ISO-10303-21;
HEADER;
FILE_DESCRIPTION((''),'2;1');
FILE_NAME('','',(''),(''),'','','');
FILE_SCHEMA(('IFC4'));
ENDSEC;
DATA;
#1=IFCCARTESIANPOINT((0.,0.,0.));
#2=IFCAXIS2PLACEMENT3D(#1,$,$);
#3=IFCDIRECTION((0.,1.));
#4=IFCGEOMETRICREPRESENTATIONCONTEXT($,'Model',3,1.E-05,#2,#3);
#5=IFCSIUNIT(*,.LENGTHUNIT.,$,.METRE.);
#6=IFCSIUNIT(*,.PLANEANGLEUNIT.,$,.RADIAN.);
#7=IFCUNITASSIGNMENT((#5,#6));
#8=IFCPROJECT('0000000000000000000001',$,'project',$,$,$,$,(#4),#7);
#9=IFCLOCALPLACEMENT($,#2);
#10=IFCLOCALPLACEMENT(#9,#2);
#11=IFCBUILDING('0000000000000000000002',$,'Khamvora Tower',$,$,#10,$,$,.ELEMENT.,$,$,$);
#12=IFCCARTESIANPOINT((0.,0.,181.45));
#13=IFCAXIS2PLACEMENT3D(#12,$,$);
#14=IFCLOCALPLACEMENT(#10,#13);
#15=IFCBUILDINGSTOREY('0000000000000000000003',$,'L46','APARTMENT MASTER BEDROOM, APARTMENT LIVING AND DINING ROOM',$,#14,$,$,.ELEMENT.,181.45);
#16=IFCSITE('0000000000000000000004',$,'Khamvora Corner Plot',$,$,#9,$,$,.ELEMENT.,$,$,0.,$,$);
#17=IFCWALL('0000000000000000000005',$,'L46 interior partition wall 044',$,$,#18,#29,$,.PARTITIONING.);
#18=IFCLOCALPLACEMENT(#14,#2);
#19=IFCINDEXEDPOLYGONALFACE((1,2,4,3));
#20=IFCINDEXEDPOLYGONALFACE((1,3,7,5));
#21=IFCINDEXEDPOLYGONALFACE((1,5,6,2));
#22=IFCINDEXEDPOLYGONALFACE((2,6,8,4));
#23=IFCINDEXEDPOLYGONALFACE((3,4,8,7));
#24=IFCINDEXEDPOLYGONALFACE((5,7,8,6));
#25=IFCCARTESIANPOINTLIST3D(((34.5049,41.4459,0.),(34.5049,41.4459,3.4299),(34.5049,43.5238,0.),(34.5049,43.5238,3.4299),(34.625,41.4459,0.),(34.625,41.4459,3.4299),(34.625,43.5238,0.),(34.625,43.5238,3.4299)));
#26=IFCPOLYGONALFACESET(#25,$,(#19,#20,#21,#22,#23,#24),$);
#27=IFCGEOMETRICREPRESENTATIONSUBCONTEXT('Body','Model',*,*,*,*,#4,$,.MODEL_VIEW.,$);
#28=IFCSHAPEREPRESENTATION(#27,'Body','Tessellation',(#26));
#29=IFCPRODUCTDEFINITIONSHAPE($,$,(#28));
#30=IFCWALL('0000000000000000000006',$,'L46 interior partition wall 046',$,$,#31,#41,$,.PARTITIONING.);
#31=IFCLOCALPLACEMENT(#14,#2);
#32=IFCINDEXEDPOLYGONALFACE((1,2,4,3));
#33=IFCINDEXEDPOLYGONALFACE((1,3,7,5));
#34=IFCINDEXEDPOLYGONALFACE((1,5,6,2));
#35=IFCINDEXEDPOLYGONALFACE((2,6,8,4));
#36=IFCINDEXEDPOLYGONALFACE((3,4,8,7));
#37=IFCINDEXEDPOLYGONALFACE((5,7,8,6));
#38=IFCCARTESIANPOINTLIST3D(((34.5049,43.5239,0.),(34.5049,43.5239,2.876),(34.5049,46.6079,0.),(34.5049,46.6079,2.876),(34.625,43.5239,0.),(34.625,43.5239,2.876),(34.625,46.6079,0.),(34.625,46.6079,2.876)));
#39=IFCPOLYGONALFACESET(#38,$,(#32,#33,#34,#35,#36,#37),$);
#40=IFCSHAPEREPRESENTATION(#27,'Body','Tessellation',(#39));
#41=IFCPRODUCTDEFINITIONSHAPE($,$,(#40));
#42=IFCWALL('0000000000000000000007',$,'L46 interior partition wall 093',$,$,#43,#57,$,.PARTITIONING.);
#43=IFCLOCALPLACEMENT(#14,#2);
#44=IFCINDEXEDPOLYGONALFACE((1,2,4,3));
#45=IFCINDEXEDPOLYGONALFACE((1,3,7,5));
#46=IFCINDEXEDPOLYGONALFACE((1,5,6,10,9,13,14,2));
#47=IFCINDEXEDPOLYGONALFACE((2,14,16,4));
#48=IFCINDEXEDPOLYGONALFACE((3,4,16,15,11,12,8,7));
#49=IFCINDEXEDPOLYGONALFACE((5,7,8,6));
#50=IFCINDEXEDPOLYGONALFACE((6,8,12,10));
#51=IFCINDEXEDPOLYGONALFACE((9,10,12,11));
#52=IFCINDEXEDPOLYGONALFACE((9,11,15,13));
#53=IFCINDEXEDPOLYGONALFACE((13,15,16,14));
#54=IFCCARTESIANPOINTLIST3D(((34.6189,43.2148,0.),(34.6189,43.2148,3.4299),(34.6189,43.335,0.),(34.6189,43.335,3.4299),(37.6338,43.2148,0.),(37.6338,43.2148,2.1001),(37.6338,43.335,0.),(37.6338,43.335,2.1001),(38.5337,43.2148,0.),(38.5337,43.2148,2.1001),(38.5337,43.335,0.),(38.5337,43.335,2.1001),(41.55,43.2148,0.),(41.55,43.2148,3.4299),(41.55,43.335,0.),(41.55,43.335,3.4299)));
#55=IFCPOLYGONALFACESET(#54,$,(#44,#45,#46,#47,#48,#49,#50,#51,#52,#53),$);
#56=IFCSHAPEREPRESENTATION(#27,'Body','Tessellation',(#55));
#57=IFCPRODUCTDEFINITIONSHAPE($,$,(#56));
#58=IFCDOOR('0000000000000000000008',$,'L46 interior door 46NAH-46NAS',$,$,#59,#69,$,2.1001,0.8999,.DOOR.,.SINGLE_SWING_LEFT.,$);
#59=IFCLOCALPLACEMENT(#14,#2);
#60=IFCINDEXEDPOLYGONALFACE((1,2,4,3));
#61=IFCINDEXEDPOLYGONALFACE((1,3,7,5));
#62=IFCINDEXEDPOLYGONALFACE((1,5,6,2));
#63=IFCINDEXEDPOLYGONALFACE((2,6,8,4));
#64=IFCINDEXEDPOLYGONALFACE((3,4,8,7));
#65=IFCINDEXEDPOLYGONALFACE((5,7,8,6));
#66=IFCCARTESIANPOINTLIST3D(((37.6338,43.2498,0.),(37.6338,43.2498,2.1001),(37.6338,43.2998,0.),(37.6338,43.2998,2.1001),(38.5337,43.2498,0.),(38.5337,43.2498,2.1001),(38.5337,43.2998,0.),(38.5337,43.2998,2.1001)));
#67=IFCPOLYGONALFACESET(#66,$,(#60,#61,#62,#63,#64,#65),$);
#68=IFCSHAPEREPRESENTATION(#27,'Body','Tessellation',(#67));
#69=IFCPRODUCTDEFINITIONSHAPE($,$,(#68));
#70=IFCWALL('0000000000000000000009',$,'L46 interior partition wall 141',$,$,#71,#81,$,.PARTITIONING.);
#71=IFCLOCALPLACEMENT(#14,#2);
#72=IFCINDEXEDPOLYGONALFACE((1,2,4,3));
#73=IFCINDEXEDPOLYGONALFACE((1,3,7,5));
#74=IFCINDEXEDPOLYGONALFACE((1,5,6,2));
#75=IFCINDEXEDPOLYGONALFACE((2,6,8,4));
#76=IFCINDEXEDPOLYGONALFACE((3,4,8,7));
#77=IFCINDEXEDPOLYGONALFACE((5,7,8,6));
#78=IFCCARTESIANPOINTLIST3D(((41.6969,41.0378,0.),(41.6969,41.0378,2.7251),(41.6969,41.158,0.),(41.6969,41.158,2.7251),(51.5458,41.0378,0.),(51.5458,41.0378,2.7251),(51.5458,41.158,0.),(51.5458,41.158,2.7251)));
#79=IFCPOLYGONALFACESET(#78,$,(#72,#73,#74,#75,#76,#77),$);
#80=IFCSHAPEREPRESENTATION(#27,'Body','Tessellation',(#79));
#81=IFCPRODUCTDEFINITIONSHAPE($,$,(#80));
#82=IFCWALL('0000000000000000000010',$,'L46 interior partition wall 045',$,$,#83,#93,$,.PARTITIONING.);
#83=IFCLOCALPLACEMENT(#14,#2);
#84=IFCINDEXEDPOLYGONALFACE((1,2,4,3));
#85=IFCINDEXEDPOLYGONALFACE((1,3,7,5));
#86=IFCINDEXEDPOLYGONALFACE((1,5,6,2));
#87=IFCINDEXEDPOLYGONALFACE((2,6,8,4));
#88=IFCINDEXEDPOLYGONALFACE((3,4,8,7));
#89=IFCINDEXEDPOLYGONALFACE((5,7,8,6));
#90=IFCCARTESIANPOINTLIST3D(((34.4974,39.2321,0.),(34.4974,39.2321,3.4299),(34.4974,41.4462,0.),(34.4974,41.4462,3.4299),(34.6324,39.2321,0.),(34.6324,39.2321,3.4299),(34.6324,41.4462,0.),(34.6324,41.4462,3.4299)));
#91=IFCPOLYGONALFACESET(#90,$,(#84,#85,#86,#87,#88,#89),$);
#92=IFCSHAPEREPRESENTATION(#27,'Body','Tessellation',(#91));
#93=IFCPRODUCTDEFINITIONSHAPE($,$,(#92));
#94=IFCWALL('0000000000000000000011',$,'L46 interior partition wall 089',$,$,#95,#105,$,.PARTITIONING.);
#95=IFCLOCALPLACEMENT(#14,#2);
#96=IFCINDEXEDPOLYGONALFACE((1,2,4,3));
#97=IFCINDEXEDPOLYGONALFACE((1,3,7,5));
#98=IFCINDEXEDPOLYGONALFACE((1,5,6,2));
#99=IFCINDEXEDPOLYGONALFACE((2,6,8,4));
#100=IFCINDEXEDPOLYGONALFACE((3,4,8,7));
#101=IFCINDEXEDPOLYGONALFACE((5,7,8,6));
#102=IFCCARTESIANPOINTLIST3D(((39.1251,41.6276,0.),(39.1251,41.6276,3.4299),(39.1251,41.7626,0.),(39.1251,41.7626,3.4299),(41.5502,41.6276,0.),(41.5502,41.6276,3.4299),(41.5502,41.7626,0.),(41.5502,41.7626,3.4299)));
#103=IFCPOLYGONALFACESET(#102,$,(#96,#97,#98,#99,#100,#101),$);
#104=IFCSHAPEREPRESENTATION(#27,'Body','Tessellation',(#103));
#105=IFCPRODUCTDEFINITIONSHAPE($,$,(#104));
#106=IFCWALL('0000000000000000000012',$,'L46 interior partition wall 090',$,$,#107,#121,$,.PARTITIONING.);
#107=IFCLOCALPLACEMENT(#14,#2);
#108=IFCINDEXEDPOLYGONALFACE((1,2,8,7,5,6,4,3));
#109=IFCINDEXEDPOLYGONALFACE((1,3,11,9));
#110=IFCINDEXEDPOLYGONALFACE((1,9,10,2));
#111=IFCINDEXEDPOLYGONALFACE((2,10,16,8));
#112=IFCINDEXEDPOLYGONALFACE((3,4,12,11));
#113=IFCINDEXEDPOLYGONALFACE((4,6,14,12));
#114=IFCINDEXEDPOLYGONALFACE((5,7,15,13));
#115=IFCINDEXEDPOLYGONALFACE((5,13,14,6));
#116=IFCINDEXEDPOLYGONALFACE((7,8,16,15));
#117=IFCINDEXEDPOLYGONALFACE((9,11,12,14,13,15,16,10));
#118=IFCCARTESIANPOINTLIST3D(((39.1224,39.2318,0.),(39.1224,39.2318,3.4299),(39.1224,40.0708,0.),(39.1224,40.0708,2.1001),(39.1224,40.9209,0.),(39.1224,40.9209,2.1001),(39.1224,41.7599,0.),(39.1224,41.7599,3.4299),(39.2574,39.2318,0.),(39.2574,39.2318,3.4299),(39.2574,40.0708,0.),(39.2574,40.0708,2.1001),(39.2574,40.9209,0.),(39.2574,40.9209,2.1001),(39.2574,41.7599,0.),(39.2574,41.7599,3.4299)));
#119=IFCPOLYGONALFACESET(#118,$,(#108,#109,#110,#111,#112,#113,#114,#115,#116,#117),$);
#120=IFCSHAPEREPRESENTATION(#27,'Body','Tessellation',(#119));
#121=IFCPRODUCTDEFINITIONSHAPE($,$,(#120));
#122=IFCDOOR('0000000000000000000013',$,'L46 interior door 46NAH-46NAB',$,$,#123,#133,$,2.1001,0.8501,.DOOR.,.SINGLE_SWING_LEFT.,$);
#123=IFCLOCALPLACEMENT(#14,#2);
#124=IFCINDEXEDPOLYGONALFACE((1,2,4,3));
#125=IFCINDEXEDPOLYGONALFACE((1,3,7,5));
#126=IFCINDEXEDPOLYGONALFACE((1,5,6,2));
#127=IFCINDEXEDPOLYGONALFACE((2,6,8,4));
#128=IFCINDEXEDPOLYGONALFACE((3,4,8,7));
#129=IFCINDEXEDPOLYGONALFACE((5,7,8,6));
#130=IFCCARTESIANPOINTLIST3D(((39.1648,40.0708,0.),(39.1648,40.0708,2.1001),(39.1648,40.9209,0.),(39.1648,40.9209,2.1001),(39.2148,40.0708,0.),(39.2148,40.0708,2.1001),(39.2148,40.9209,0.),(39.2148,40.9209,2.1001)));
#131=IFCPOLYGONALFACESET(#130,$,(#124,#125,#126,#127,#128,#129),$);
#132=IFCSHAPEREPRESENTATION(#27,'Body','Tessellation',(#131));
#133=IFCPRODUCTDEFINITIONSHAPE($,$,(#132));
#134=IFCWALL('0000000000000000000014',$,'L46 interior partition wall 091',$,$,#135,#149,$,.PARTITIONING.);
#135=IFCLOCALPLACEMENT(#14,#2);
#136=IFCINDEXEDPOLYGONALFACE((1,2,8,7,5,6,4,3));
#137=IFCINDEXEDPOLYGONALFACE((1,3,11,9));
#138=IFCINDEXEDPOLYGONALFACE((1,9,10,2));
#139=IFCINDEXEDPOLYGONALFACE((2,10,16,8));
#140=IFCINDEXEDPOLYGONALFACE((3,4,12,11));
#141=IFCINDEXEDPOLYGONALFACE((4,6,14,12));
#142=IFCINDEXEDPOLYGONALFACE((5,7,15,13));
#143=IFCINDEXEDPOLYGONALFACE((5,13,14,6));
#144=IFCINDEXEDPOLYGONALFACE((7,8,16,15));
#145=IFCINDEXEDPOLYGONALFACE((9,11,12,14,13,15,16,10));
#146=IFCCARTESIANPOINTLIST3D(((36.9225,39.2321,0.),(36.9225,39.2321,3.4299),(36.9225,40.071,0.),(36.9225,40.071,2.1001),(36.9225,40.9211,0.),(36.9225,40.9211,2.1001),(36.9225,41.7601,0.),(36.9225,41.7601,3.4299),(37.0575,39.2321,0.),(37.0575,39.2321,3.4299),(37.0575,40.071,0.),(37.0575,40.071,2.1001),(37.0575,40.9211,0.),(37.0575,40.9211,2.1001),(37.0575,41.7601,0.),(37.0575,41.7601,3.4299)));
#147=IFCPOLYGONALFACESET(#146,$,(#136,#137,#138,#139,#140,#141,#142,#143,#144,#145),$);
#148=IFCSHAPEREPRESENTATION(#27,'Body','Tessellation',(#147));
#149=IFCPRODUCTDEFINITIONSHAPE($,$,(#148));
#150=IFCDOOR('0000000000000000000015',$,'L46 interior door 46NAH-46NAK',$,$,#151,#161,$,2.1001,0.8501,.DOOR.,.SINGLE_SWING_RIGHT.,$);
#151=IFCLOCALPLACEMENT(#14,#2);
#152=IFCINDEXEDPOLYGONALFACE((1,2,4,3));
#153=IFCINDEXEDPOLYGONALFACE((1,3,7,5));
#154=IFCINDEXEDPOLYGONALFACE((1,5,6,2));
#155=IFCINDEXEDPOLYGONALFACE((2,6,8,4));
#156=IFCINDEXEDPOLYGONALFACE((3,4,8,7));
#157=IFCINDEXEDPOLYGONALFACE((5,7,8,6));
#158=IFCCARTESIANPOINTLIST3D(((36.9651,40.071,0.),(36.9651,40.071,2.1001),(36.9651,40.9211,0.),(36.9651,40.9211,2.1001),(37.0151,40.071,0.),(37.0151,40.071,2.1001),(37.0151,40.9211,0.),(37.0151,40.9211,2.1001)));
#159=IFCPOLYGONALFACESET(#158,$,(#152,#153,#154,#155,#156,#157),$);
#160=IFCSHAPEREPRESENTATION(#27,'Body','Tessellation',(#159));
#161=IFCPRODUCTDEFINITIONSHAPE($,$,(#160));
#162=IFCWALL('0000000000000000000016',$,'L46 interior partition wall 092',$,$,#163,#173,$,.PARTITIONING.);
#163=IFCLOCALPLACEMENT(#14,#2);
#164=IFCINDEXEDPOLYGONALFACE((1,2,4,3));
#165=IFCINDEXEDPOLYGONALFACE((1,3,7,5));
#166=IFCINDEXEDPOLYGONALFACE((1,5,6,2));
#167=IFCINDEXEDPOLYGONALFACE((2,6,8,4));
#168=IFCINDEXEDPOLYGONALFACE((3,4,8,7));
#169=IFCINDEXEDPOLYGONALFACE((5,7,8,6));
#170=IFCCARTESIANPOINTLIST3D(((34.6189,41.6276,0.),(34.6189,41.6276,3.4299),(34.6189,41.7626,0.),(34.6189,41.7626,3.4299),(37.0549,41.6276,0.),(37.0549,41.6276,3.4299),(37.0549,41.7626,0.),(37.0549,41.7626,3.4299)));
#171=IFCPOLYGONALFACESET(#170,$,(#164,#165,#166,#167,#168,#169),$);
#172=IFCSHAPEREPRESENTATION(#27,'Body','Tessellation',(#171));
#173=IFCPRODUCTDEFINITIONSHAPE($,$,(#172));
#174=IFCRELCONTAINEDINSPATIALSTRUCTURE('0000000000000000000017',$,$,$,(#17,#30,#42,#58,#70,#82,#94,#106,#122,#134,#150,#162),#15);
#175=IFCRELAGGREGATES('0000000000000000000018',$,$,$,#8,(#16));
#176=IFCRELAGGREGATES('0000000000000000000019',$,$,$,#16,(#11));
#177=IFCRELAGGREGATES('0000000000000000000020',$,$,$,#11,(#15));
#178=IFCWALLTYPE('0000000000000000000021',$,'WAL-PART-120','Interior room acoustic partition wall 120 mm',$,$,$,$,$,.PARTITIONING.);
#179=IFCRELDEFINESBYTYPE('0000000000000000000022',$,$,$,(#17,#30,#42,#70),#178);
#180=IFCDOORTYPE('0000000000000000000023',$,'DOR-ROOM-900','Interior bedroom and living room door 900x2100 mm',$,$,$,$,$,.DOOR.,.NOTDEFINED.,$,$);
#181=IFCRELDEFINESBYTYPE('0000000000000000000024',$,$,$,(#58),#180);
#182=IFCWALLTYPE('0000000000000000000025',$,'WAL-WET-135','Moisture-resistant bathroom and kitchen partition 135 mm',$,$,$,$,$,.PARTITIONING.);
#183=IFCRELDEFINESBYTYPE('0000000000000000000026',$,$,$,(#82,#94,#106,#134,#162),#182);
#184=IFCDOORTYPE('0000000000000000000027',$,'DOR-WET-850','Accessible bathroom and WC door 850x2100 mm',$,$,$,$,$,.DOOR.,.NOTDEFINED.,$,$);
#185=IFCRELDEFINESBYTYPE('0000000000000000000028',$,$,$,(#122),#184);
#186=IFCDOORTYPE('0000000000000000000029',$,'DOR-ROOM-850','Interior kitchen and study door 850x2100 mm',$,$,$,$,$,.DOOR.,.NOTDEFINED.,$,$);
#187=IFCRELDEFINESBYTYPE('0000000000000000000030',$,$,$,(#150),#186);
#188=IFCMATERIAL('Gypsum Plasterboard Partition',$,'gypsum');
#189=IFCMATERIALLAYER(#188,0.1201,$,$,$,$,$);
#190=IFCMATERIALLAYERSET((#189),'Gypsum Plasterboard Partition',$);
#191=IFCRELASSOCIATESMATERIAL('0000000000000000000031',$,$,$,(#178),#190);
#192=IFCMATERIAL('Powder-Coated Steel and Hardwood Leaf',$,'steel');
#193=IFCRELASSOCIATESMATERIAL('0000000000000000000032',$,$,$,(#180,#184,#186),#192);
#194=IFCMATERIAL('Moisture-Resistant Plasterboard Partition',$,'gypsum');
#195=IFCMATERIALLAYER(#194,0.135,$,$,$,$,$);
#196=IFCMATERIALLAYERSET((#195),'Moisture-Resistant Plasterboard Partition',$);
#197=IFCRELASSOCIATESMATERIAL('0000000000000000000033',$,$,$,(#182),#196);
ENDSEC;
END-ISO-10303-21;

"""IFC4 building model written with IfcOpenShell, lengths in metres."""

from ifc_helpers import new_model, si_unit, direction, frame, frame_2d, origin, place, context, subcontext, project, spatial, rectangle, extrude, material, layer, layer_set, type_object, element, fill, save


model = new_model("IFC4")

# Units and contexts
model_context = context("Model", 3, precision=1e-05, world=origin(), true_north=direction((0.0, 1.0)))
body_context = subcontext(model_context, "Body", "Model", "MODEL_VIEW")
ifc_project = project(units=[si_unit("LENGTHUNIT", "METRE"), si_unit("PLANEANGLEUNIT", "RADIAN")], contexts=[model_context])

# Site, building, storey
site_placement = place(None, origin())
site = spatial("IfcSite", under=ifc_project, at=site_placement, Name="Khamvora Corner Plot", CompositionType="ELEMENT", RefElevation=0.0)
building_placement = place(site_placement, origin())
building = spatial("IfcBuilding", under=site, at=building_placement, Name="Khamvora Tower", CompositionType="ELEMENT")
storey_placement = place(building_placement, frame((0.0, 0.0, 181.45)))
storey = spatial("IfcBuildingStorey", under=building, at=storey_placement, Name="L46", Description="APARTMENT MASTER BEDROOM, APARTMENT LIVING AND DINING ROOM", CompositionType="ELEMENT", Elevation=181.45)

# Shared definitions
ifc_material_1 = material(Name="Powder-Coated Steel and Hardwood Leaf", Category="steel")

# Walls
ifc_material_2 = material(Name="Gypsum Plasterboard Partition", Category="gypsum")
ifc_layer_1 = layer(ifc_material_2, 0.1201)
ifc_layer_set_1 = layer_set([ifc_layer_1], Name="Gypsum Plasterboard Partition")
wall_type_1 = type_object("IfcWallType", Name="WAL-PART-120", Description="Interior room acoustic partition wall 120 mm", PredefinedType="PARTITIONING", material=ifc_layer_set_1)
wall_1_placement = place(storey_placement, frame((34.5649, 43.5239, 0.0), z_axis=(0.0, 0.0, 1.0), x_axis=(0.0, -1.0, 0.0)))
element("IfcWall", 1, at=wall_1_placement, inside=storey, type_object=wall_type_1, Name="L46 interior partition wall 044", PredefinedType="PARTITIONING", context=body_context, shape_type="SweptSolid", body=[
    extrude(rectangle(XDim=2.0779, YDim=0.1201, at=frame_2d((1.0391, 0.0))), origin(), (0.0, 0.0, 1.0), 3.4299),
])
wall_2_placement = place(storey_placement, frame((34.5649, 46.6079, 0.0), z_axis=(0.0, 0.0, 1.0), x_axis=(0.0, -1.0, 0.0)))
element("IfcWall", 2, at=wall_2_placement, inside=storey, type_object=wall_type_1, Name="L46 interior partition wall 046", PredefinedType="PARTITIONING", context=body_context, shape_type="SweptSolid", body=[
    extrude(rectangle(XDim=3.084, YDim=0.1201, at=frame_2d((1.542, 0.0))), origin(), (0.0, 0.0, 1.0), 2.876),
])

# Wall, opening, door
wall_3_placement = place(storey_placement, frame((34.6189, 43.2749, 0.0), z_axis=(0.0, 0.0, 1.0), x_axis=(1.0, 0.0, 0.0)))
wall_3 = element("IfcWall", 3, at=wall_3_placement, inside=storey, type_object=wall_type_1, Name="L46 interior partition wall 093", PredefinedType="PARTITIONING", context=body_context, shape_type="SweptSolid", body=[
    extrude(rectangle(XDim=6.9312, YDim=0.1201, at=frame_2d((3.4656, 0.0))), origin(), (0.0, 0.0, 1.0), 3.4299),
])
opening_1_placement = place(wall_3_placement, frame((3.0149, 0.0, 0.0)))
opening_1 = element("IfcOpeningElement", 4, at=opening_1_placement, cuts=wall_3, PredefinedType="OPENING", context=body_context, shape_type="SweptSolid", body=[
    extrude(rectangle(XDim=0.8999, YDim=2.1001, at=frame_2d((0.45, 1.05))), frame((0.0, 0.0701, 0.0), z_axis=(0.0, -1.0, 0.0), x_axis=(1.0, 0.0, 0.0)), (0.0, 0.0, 1.0), 0.1401),
])
door_type_1 = type_object("IfcDoorType", Name="DOR-ROOM-900", Description="Interior bedroom and living room door 900x2100 mm", OperationType="NOTDEFINED", PredefinedType="DOOR", material=ifc_material_1)
door_1_placement = place(opening_1_placement, origin())
door_1 = element("IfcDoor", 5, at=door_1_placement, inside=storey, type_object=door_type_1, Name="L46 interior door 46NAH-46NAS", OperationType="SINGLE_SWING_LEFT", OverallHeight=2.1001, OverallWidth=0.8999, PredefinedType="DOOR", context=body_context, shape_type="SweptSolid", body=[
    extrude(rectangle(XDim=0.8999, YDim=2.1001, at=frame_2d((0.45, 1.05))), frame((0.0, 0.0249, 0.0), z_axis=(0.0, -1.0, 0.0), x_axis=(1.0, 0.0, 0.0)), (0.0, 0.0, 1.0), 0.05),
])
fill(opening_1, door_1)

# Walls
wall_4_placement = place(storey_placement, frame((41.697, 41.0979, 0.0), z_axis=(0.0, 0.0, 1.0), x_axis=(1.0, 0.0, 0.0)))
element("IfcWall", 6, at=wall_4_placement, inside=storey, type_object=wall_type_1, Name="L46 interior partition wall 141", PredefinedType="PARTITIONING", context=body_context, shape_type="SweptSolid", body=[
    extrude(rectangle(XDim=9.8489, YDim=0.1201, at=frame_2d((4.9243, 0.0))), origin(), (0.0, 0.0, 1.0), 2.7251),
])
ifc_material_3 = material(Name="Moisture-Resistant Plasterboard Partition", Category="gypsum")
ifc_layer_2 = layer(ifc_material_3, 0.135)
ifc_layer_set_2 = layer_set([ifc_layer_2], Name="Moisture-Resistant Plasterboard Partition")
wall_type_2 = type_object("IfcWallType", Name="WAL-WET-135", Description="Moisture-resistant bathroom and kitchen partition 135 mm", PredefinedType="PARTITIONING", material=ifc_layer_set_2)
wall_5_placement = place(storey_placement, frame((34.5649, 41.446, 0.0), z_axis=(0.0, 0.0, 1.0), x_axis=(0.0, -1.0, 0.0)))
element("IfcWall", 7, at=wall_5_placement, inside=storey, type_object=wall_type_2, Name="L46 interior partition wall 045", PredefinedType="PARTITIONING", context=body_context, shape_type="SweptSolid", body=[
    extrude(rectangle(XDim=2.2141, YDim=0.135, at=frame_2d((1.1069, 0.0))), origin(), (0.0, 0.0, 1.0), 3.4299),
])
wall_6_placement = place(storey_placement, frame((41.55, 41.6951, 0.0), z_axis=(0.0, 0.0, 1.0), x_axis=(-1.0, 0.0, 0.0)))
element("IfcWall", 8, at=wall_6_placement, inside=storey, type_object=wall_type_2, Name="L46 interior partition wall 089", PredefinedType="PARTITIONING", context=body_context, shape_type="SweptSolid", body=[
    extrude(rectangle(XDim=2.425, YDim=0.135, at=frame_2d((1.2124, 0.0))), origin(), (0.0, 0.0, 1.0), 3.4299),
])

# Walls, openings, doors
wall_7_placement = place(storey_placement, frame((39.1899, 41.76, 0.0), z_axis=(0.0, 0.0, 1.0), x_axis=(0.0, -1.0, 0.0)))
wall_7 = element("IfcWall", 9, at=wall_7_placement, inside=storey, type_object=wall_type_2, Name="L46 interior partition wall 090", PredefinedType="PARTITIONING", context=body_context, shape_type="SweptSolid", body=[
    extrude(rectangle(XDim=2.5281, YDim=0.135, at=frame_2d((1.2642, 0.0))), origin(), (0.0, 0.0, 1.0), 3.4299),
])
opening_2_placement = place(wall_7_placement, frame((0.8391, 0.0, 0.0)))
opening_2 = element("IfcOpeningElement", 10, at=opening_2_placement, cuts=wall_7, PredefinedType="OPENING", context=body_context, shape_type="SweptSolid", body=[
    extrude(rectangle(XDim=0.8501, YDim=2.1001, at=frame_2d((0.425, 1.05))), frame((0.0, 0.0774, 0.0), z_axis=(0.0, -1.0, 0.0), x_axis=(1.0, 0.0, 0.0)), (0.0, 0.0, 1.0), 0.155),
])
door_type_2 = type_object("IfcDoorType", Name="DOR-WET-850", Description="Accessible bathroom and WC door 850x2100 mm", OperationType="NOTDEFINED", PredefinedType="DOOR", material=ifc_material_1)
door_2_placement = place(opening_2_placement, origin())
door_2 = element("IfcDoor", 11, at=door_2_placement, inside=storey, type_object=door_type_2, Name="L46 interior door 46NAH-46NAB", OperationType="SINGLE_SWING_LEFT", OverallHeight=2.1001, OverallWidth=0.8501, PredefinedType="DOOR", context=body_context, shape_type="SweptSolid", body=[
    extrude(rectangle(XDim=0.8501, YDim=2.1001, at=frame_2d((0.425, 1.05))), frame((0.0, 0.0249, 0.0), z_axis=(0.0, -1.0, 0.0), x_axis=(1.0, 0.0, 0.0)), (0.0, 0.0, 1.0), 0.05),
])
fill(opening_2, door_2)
wall_8_placement = place(storey_placement, frame((36.99, 39.2319, 0.0), z_axis=(0.0, 0.0, 1.0), x_axis=(0.0, 1.0, 0.0)))
wall_8 = element("IfcWall", 12, at=wall_8_placement, inside=storey, type_object=wall_type_2, Name="L46 interior partition wall 091", PredefinedType="PARTITIONING", context=body_context, shape_type="SweptSolid", body=[
    extrude(rectangle(XDim=2.5281, YDim=0.135, at=frame_2d((1.2642, 0.0))), origin(), (0.0, 0.0, 1.0), 3.4299),
])
opening_3_placement = place(wall_8_placement, frame((0.8391, 0.0, 0.0)))
opening_3 = element("IfcOpeningElement", 13, at=opening_3_placement, cuts=wall_8, PredefinedType="OPENING", context=body_context, shape_type="SweptSolid", body=[
    extrude(rectangle(XDim=0.8501, YDim=2.1001, at=frame_2d((0.425, 1.05))), frame((0.0, 0.0774, 0.0), z_axis=(0.0, -1.0, 0.0), x_axis=(1.0, 0.0, 0.0)), (0.0, 0.0, 1.0), 0.155),
])
door_type_3 = type_object("IfcDoorType", Name="DOR-ROOM-850", Description="Interior kitchen and study door 850x2100 mm", OperationType="NOTDEFINED", PredefinedType="DOOR", material=ifc_material_1)
door_3_placement = place(opening_3_placement, origin())
door_3 = element("IfcDoor", 14, at=door_3_placement, inside=storey, type_object=door_type_3, Name="L46 interior door 46NAH-46NAK", OperationType="SINGLE_SWING_RIGHT", OverallHeight=2.1001, OverallWidth=0.8501, PredefinedType="DOOR", context=body_context, shape_type="SweptSolid", body=[
    extrude(rectangle(XDim=0.8501, YDim=2.1001, at=frame_2d((0.425, 1.05))), frame((0.0, 0.0249, 0.0), z_axis=(0.0, -1.0, 0.0), x_axis=(1.0, 0.0, 0.0)), (0.0, 0.0, 1.0), 0.05),
])
fill(opening_3, door_3)

# Wall
wall_9_placement = place(storey_placement, frame((37.0549, 41.6951, 0.0), z_axis=(0.0, 0.0, 1.0), x_axis=(-1.0, 0.0, 0.0)))
element("IfcWall", 15, at=wall_9_placement, inside=storey, type_object=wall_type_2, Name="L46 interior partition wall 092", PredefinedType="PARTITIONING", context=body_context, shape_type="SweptSolid", body=[
    extrude(rectangle(XDim=2.436, YDim=0.135, at=frame_2d((1.218, 0.0))), origin(), (0.0, 0.0, 1.0), 3.4299),
])

save(model, "model.ifc")
